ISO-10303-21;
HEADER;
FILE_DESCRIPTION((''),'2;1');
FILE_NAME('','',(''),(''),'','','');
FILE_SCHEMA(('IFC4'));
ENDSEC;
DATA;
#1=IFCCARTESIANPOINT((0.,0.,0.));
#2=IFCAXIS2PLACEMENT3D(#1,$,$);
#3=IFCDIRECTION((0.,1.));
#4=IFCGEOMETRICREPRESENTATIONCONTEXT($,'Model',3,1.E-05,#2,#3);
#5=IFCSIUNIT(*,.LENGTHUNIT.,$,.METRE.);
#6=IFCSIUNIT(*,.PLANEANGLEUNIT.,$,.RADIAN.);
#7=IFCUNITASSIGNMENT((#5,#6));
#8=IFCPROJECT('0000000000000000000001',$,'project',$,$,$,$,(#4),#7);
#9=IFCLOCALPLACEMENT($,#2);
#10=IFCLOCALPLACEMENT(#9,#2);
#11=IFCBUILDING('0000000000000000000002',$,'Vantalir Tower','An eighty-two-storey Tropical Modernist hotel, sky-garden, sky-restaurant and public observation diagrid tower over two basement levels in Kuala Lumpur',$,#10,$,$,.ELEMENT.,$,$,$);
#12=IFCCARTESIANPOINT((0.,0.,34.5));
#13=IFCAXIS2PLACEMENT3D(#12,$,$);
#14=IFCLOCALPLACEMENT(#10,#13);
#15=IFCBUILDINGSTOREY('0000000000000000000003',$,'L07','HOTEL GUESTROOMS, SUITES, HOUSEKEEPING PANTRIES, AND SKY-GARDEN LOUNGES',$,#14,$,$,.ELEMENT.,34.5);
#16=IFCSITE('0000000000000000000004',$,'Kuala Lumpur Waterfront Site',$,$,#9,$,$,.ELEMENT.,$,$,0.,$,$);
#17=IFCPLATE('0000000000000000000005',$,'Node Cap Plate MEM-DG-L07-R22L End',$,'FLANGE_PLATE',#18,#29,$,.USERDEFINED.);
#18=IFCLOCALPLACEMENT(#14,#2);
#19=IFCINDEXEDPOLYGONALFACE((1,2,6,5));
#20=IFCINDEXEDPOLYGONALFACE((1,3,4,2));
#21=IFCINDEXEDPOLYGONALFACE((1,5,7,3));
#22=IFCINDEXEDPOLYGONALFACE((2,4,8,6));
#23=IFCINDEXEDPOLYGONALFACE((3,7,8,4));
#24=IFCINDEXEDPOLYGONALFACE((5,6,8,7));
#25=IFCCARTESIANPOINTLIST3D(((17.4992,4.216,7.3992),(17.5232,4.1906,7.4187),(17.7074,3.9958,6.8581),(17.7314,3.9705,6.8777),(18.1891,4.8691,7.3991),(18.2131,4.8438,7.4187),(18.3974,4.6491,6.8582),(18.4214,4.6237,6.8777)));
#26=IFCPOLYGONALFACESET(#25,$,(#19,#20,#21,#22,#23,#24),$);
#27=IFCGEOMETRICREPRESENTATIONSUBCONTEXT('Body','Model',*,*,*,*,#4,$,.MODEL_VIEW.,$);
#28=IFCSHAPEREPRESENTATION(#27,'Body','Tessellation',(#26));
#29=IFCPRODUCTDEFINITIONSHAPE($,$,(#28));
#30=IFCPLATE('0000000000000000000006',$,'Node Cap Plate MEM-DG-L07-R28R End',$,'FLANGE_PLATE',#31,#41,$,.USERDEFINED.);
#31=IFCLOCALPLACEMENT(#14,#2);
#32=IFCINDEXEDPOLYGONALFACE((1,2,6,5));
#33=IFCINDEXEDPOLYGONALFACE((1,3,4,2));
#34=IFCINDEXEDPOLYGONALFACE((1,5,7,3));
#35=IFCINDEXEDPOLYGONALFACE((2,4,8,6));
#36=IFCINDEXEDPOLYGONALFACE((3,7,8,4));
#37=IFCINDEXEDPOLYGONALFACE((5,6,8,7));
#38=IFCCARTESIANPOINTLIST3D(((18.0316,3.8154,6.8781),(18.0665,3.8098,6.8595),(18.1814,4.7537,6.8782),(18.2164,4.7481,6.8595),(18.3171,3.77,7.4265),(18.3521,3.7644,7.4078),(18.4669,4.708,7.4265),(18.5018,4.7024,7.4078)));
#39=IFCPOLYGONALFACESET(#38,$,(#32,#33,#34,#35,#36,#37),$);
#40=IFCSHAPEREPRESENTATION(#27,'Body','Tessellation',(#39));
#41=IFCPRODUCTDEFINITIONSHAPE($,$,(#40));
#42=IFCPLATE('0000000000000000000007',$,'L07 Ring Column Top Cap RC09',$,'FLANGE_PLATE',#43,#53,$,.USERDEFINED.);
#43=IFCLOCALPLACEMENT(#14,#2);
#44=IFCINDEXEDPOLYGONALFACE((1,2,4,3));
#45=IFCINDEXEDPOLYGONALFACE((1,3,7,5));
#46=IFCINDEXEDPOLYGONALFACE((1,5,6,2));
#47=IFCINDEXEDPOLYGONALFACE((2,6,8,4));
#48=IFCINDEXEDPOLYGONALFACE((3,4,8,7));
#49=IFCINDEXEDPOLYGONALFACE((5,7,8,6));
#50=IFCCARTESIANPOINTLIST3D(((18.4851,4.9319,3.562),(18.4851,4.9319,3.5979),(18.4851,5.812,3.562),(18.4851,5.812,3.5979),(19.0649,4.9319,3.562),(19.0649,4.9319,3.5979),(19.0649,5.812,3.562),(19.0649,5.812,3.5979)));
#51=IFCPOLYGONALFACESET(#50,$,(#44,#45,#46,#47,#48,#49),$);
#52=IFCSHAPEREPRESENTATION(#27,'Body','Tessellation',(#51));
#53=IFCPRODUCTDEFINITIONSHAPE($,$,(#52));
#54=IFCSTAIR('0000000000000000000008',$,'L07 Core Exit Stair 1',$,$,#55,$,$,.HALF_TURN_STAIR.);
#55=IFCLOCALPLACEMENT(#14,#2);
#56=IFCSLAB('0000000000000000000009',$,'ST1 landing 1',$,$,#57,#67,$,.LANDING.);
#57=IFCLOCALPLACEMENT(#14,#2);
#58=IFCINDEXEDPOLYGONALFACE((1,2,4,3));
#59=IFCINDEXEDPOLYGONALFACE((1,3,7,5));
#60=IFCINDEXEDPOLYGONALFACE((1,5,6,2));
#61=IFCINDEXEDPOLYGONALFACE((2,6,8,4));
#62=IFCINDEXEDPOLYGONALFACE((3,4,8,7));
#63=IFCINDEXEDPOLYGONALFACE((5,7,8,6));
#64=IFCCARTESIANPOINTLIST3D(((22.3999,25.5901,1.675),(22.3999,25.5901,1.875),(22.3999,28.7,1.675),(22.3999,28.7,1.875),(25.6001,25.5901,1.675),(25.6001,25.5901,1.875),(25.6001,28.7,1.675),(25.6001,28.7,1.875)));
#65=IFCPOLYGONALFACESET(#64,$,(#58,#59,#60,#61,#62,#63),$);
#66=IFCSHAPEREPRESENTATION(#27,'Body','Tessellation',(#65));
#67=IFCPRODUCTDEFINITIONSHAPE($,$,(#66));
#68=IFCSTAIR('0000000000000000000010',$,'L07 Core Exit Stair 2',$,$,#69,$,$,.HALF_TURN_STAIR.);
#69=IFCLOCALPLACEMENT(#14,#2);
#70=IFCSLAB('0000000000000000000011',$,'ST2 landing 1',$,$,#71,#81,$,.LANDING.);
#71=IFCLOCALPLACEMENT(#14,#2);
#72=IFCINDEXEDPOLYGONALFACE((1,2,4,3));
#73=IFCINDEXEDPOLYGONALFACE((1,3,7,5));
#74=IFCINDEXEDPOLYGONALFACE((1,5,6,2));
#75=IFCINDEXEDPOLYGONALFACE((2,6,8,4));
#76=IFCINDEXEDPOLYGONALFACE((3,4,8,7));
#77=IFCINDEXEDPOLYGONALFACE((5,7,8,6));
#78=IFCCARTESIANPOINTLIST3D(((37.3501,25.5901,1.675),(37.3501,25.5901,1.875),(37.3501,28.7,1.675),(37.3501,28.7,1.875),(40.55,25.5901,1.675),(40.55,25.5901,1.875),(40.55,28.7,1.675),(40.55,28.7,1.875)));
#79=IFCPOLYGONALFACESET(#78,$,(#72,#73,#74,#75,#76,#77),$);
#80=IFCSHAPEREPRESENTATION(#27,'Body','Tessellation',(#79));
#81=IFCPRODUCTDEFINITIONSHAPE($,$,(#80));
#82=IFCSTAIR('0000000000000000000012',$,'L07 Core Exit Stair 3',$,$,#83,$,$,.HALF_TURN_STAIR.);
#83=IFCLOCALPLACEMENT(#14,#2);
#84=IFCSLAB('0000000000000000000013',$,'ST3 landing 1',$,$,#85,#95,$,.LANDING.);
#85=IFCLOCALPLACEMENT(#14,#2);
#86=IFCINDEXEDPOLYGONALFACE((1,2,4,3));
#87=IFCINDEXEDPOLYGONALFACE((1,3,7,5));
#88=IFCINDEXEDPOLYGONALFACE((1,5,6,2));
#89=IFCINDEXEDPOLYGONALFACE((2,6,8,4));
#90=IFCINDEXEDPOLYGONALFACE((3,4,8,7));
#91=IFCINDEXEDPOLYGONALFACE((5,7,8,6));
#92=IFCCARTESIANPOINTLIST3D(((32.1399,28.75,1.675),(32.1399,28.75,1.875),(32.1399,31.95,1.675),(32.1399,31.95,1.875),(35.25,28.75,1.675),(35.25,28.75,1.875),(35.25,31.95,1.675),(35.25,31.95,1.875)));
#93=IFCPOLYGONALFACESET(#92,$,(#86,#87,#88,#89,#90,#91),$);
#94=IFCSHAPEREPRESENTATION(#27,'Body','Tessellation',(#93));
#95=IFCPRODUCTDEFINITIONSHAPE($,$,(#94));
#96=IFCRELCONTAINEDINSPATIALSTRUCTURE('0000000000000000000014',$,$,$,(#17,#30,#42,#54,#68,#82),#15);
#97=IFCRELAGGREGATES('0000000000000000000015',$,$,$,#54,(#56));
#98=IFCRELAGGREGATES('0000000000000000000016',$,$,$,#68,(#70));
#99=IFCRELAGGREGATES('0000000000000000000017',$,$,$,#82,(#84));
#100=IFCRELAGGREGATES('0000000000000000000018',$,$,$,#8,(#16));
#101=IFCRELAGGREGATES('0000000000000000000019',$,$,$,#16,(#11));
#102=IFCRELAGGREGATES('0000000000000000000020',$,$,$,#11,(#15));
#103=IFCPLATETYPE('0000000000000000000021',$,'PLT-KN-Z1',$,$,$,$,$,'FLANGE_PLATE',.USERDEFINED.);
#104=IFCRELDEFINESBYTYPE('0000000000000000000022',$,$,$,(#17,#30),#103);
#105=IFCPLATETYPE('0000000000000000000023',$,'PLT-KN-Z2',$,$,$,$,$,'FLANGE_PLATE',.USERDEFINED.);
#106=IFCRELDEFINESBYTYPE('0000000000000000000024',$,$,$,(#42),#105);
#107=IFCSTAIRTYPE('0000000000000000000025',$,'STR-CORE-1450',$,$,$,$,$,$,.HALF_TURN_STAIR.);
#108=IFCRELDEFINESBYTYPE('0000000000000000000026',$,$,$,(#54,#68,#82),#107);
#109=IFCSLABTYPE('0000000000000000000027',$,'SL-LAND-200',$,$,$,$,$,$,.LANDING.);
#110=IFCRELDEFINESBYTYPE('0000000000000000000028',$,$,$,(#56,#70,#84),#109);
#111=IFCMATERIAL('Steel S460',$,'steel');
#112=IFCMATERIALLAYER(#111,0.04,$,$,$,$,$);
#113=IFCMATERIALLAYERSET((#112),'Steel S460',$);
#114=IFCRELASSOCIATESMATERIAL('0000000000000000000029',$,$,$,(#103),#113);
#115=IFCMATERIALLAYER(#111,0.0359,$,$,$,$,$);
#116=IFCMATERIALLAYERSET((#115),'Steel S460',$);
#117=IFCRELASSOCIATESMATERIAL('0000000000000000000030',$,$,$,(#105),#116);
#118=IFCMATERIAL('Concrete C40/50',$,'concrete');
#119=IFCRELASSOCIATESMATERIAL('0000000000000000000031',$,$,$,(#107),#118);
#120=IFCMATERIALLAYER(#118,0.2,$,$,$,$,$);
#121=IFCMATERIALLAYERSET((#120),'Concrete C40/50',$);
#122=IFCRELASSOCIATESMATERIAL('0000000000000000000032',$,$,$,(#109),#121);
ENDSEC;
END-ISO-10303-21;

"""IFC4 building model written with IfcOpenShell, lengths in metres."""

from ifc_helpers import new_model, si_unit, direction, frame, origin, place, context, subcontext, project, spatial, polyline, outline, extrude, material, layer, layer_set, type_object, element, aggregate, save


model = new_model("IFC4")

# Units and contexts
model_context = context("Model", 3, precision=1e-05, world=origin(), true_north=direction((0.0, 1.0)))
body_context = subcontext(model_context, "Body", "Model", "MODEL_VIEW")
ifc_project = project(units=[si_unit("LENGTHUNIT", "METRE"), si_unit("PLANEANGLEUNIT", "RADIAN")], contexts=[model_context])

# Site, building, storey
site_placement = place(None, origin())
site = spatial("IfcSite", under=ifc_project, at=site_placement, Name="Kuala Lumpur Waterfront Site", CompositionType="ELEMENT", RefElevation=0.0)
building_placement = place(site_placement, origin())
building = spatial("IfcBuilding", under=site, at=building_placement, Name="Vantalir Tower", Description="An eighty-two-storey Tropical Modernist hotel, sky-garden, sky-restaurant and public observation diagrid tower over two basement levels in Kuala Lumpur", CompositionType="ELEMENT")
storey_placement = place(building_placement, frame((0.0, 0.0, 34.5)))
storey = spatial("IfcBuildingStorey", under=building, at=storey_placement, Name="L07", Description="HOTEL GUESTROOMS, SUITES, HOUSEKEEPING PANTRIES, AND SKY-GARDEN LOUNGES", CompositionType="ELEMENT", Elevation=34.5)

# Shared definitions
ifc_material_1 = material(Name="Steel S460", Category="steel")

# Plates
ifc_layer_1 = layer(ifc_material_1, 0.04)
ifc_layer_set_1 = layer_set([ifc_layer_1], Name="Steel S460")
plate_type_1 = type_object("IfcPlateType", Name="PLT-KN-Z1", ElementType="FLANGE_PLATE", PredefinedType="USERDEFINED", material=ifc_layer_set_1)
plate_1_placement = place(storey_placement, frame((17.7314, 3.9705, 6.8777), z_axis=(0.599838, -0.633579, 0.488643), x_axis=(0.726164, 0.687522, 0.00004)))
element("IfcPlate", 1, at=plate_1_placement, inside=storey, type_object=plate_type_1, Name="Node Cap Plate MEM-DG-L07-R22L End", ObjectType="FLANGE_PLATE", PredefinedType="USERDEFINED", context=body_context, shape_type="SweptSolid", body=[
    extrude(outline(polyline([(0.0, 0.0), (0.9502, 0.0), (0.9502, 0.62), (0.0002, 0.6201), (0.0, 0.0)])), origin(), (0.0, 0.0, -1.0), 0.04),
])
plate_2_placement = place(storey_placement, frame((18.1814, 4.7537, 6.8782), z_axis=(-0.873502, 0.139465, 0.466416), x_axis=(-0.157688, -0.987489, -0.000044)))
element("IfcPlate", 2, at=plate_2_placement, inside=storey, type_object=plate_type_1, Name="Node Cap Plate MEM-DG-L07-R28R End", ObjectType="FLANGE_PLATE", PredefinedType="USERDEFINED", context=body_context, shape_type="SweptSolid", body=[
    extrude(outline(polyline([(0.0, 0.0), (0.9501, 0.0), (0.9499, 0.6199), (0.0001, 0.6199), (0.0, 0.0)])), origin(), (0.0, 0.0, -1.0), 0.04),
])
ifc_layer_2 = layer(ifc_material_1, 0.0359)
ifc_layer_set_2 = layer_set([ifc_layer_2], Name="Steel S460")
plate_type_2 = type_object("IfcPlateType", Name="PLT-KN-Z2", ElementType="FLANGE_PLATE", PredefinedType="USERDEFINED", material=ifc_layer_set_2)
plate_3_placement = place(storey_placement, frame((18.4851, 5.812, 3.5979), z_axis=(0.0, 0.0, 1.0), x_axis=(0.0, -1.0, 0.0)))
element("IfcPlate", 3, at=plate_3_placement, inside=storey, type_object=plate_type_2, Name="L07 Ring Column Top Cap RC09", ObjectType="FLANGE_PLATE", PredefinedType="USERDEFINED", context=body_context, shape_type="SweptSolid", body=[
    extrude(outline(polyline([(0.0, 0.0), (0.8801, 0.0), (0.8801, 0.5798), (0.0, 0.5798), (0.0, 0.0)])), origin(), (0.0, 0.0, -1.0), 0.0359),
])

# Stairs, slabs
ifc_material_2 = material(Name="Concrete C40/50", Category="concrete")
stair_type = type_object("IfcStairType", Name="STR-CORE-1450", PredefinedType="HALF_TURN_STAIR", material=ifc_material_2)
stair_1_placement = place(storey_placement, origin())
stair_1 = element("IfcStair", 4, at=stair_1_placement, inside=storey, type_object=stair_type, Name="L07 Core Exit Stair 1", PredefinedType="HALF_TURN_STAIR")
ifc_layer_3 = layer(ifc_material_2, 0.2)
ifc_layer_set_3 = layer_set([ifc_layer_3], Name="Concrete C40/50")
slab_type_1 = type_object("IfcSlabType", Name="SL-LAND-200", PredefinedType="LANDING", material=ifc_layer_set_3)
slab_1_placement = place(storey_placement, frame((0.0, 0.0, 1.675)))
slab_1 = element("IfcSlab", 5, at=slab_1_placement, type_object=slab_type_1, Name="ST1 landing 1", PredefinedType="LANDING", context=body_context, shape_type="SweptSolid", body=[
    extrude(outline(polyline([(25.6001, 25.5901), (25.6001, 28.7), (22.3999, 28.7), (22.3999, 25.5901), (25.6001, 25.5901)])), origin(), (0.0, 0.0, 1.0), 0.2),
])
aggregate(stair_1, [slab_1])
stair_2_placement = place(storey_placement, origin())
stair_2 = element("IfcStair", 6, at=stair_2_placement, inside=storey, type_object=stair_type, Name="L07 Core Exit Stair 2", PredefinedType="HALF_TURN_STAIR")
slab_2_placement = place(storey_placement, frame((0.0, 0.0, 1.675)))
slab_2 = element("IfcSlab", 7, at=slab_2_placement, type_object=slab_type_1, Name="ST2 landing 1", PredefinedType="LANDING", context=body_context, shape_type="SweptSolid", body=[
    extrude(outline(polyline([(40.55, 25.5901), (40.55, 28.7), (37.3501, 28.7), (37.3501, 25.5901), (40.55, 25.5901)])), origin(), (0.0, 0.0, 1.0), 0.2),
])
aggregate(stair_2, [slab_2])
stair_3_placement = place(storey_placement, origin())
stair_3 = element("IfcStair", 8, at=stair_3_placement, inside=storey, type_object=stair_type, Name="L07 Core Exit Stair 3", PredefinedType="HALF_TURN_STAIR")
slab_3_placement = place(storey_placement, frame((0.0, 0.0, 1.675)))
slab_3 = element("IfcSlab", 9, at=slab_3_placement, type_object=slab_type_1, Name="ST3 landing 1", PredefinedType="LANDING", context=body_context, shape_type="SweptSolid", body=[
    extrude(outline(polyline([(32.1399, 28.75), (35.25, 28.75), (35.25, 31.95), (32.1399, 31.95), (32.1399, 28.75)])), origin(), (0.0, 0.0, 1.0), 0.2),
])
aggregate(stair_3, [slab_3])

save(model, "model.ifc")
